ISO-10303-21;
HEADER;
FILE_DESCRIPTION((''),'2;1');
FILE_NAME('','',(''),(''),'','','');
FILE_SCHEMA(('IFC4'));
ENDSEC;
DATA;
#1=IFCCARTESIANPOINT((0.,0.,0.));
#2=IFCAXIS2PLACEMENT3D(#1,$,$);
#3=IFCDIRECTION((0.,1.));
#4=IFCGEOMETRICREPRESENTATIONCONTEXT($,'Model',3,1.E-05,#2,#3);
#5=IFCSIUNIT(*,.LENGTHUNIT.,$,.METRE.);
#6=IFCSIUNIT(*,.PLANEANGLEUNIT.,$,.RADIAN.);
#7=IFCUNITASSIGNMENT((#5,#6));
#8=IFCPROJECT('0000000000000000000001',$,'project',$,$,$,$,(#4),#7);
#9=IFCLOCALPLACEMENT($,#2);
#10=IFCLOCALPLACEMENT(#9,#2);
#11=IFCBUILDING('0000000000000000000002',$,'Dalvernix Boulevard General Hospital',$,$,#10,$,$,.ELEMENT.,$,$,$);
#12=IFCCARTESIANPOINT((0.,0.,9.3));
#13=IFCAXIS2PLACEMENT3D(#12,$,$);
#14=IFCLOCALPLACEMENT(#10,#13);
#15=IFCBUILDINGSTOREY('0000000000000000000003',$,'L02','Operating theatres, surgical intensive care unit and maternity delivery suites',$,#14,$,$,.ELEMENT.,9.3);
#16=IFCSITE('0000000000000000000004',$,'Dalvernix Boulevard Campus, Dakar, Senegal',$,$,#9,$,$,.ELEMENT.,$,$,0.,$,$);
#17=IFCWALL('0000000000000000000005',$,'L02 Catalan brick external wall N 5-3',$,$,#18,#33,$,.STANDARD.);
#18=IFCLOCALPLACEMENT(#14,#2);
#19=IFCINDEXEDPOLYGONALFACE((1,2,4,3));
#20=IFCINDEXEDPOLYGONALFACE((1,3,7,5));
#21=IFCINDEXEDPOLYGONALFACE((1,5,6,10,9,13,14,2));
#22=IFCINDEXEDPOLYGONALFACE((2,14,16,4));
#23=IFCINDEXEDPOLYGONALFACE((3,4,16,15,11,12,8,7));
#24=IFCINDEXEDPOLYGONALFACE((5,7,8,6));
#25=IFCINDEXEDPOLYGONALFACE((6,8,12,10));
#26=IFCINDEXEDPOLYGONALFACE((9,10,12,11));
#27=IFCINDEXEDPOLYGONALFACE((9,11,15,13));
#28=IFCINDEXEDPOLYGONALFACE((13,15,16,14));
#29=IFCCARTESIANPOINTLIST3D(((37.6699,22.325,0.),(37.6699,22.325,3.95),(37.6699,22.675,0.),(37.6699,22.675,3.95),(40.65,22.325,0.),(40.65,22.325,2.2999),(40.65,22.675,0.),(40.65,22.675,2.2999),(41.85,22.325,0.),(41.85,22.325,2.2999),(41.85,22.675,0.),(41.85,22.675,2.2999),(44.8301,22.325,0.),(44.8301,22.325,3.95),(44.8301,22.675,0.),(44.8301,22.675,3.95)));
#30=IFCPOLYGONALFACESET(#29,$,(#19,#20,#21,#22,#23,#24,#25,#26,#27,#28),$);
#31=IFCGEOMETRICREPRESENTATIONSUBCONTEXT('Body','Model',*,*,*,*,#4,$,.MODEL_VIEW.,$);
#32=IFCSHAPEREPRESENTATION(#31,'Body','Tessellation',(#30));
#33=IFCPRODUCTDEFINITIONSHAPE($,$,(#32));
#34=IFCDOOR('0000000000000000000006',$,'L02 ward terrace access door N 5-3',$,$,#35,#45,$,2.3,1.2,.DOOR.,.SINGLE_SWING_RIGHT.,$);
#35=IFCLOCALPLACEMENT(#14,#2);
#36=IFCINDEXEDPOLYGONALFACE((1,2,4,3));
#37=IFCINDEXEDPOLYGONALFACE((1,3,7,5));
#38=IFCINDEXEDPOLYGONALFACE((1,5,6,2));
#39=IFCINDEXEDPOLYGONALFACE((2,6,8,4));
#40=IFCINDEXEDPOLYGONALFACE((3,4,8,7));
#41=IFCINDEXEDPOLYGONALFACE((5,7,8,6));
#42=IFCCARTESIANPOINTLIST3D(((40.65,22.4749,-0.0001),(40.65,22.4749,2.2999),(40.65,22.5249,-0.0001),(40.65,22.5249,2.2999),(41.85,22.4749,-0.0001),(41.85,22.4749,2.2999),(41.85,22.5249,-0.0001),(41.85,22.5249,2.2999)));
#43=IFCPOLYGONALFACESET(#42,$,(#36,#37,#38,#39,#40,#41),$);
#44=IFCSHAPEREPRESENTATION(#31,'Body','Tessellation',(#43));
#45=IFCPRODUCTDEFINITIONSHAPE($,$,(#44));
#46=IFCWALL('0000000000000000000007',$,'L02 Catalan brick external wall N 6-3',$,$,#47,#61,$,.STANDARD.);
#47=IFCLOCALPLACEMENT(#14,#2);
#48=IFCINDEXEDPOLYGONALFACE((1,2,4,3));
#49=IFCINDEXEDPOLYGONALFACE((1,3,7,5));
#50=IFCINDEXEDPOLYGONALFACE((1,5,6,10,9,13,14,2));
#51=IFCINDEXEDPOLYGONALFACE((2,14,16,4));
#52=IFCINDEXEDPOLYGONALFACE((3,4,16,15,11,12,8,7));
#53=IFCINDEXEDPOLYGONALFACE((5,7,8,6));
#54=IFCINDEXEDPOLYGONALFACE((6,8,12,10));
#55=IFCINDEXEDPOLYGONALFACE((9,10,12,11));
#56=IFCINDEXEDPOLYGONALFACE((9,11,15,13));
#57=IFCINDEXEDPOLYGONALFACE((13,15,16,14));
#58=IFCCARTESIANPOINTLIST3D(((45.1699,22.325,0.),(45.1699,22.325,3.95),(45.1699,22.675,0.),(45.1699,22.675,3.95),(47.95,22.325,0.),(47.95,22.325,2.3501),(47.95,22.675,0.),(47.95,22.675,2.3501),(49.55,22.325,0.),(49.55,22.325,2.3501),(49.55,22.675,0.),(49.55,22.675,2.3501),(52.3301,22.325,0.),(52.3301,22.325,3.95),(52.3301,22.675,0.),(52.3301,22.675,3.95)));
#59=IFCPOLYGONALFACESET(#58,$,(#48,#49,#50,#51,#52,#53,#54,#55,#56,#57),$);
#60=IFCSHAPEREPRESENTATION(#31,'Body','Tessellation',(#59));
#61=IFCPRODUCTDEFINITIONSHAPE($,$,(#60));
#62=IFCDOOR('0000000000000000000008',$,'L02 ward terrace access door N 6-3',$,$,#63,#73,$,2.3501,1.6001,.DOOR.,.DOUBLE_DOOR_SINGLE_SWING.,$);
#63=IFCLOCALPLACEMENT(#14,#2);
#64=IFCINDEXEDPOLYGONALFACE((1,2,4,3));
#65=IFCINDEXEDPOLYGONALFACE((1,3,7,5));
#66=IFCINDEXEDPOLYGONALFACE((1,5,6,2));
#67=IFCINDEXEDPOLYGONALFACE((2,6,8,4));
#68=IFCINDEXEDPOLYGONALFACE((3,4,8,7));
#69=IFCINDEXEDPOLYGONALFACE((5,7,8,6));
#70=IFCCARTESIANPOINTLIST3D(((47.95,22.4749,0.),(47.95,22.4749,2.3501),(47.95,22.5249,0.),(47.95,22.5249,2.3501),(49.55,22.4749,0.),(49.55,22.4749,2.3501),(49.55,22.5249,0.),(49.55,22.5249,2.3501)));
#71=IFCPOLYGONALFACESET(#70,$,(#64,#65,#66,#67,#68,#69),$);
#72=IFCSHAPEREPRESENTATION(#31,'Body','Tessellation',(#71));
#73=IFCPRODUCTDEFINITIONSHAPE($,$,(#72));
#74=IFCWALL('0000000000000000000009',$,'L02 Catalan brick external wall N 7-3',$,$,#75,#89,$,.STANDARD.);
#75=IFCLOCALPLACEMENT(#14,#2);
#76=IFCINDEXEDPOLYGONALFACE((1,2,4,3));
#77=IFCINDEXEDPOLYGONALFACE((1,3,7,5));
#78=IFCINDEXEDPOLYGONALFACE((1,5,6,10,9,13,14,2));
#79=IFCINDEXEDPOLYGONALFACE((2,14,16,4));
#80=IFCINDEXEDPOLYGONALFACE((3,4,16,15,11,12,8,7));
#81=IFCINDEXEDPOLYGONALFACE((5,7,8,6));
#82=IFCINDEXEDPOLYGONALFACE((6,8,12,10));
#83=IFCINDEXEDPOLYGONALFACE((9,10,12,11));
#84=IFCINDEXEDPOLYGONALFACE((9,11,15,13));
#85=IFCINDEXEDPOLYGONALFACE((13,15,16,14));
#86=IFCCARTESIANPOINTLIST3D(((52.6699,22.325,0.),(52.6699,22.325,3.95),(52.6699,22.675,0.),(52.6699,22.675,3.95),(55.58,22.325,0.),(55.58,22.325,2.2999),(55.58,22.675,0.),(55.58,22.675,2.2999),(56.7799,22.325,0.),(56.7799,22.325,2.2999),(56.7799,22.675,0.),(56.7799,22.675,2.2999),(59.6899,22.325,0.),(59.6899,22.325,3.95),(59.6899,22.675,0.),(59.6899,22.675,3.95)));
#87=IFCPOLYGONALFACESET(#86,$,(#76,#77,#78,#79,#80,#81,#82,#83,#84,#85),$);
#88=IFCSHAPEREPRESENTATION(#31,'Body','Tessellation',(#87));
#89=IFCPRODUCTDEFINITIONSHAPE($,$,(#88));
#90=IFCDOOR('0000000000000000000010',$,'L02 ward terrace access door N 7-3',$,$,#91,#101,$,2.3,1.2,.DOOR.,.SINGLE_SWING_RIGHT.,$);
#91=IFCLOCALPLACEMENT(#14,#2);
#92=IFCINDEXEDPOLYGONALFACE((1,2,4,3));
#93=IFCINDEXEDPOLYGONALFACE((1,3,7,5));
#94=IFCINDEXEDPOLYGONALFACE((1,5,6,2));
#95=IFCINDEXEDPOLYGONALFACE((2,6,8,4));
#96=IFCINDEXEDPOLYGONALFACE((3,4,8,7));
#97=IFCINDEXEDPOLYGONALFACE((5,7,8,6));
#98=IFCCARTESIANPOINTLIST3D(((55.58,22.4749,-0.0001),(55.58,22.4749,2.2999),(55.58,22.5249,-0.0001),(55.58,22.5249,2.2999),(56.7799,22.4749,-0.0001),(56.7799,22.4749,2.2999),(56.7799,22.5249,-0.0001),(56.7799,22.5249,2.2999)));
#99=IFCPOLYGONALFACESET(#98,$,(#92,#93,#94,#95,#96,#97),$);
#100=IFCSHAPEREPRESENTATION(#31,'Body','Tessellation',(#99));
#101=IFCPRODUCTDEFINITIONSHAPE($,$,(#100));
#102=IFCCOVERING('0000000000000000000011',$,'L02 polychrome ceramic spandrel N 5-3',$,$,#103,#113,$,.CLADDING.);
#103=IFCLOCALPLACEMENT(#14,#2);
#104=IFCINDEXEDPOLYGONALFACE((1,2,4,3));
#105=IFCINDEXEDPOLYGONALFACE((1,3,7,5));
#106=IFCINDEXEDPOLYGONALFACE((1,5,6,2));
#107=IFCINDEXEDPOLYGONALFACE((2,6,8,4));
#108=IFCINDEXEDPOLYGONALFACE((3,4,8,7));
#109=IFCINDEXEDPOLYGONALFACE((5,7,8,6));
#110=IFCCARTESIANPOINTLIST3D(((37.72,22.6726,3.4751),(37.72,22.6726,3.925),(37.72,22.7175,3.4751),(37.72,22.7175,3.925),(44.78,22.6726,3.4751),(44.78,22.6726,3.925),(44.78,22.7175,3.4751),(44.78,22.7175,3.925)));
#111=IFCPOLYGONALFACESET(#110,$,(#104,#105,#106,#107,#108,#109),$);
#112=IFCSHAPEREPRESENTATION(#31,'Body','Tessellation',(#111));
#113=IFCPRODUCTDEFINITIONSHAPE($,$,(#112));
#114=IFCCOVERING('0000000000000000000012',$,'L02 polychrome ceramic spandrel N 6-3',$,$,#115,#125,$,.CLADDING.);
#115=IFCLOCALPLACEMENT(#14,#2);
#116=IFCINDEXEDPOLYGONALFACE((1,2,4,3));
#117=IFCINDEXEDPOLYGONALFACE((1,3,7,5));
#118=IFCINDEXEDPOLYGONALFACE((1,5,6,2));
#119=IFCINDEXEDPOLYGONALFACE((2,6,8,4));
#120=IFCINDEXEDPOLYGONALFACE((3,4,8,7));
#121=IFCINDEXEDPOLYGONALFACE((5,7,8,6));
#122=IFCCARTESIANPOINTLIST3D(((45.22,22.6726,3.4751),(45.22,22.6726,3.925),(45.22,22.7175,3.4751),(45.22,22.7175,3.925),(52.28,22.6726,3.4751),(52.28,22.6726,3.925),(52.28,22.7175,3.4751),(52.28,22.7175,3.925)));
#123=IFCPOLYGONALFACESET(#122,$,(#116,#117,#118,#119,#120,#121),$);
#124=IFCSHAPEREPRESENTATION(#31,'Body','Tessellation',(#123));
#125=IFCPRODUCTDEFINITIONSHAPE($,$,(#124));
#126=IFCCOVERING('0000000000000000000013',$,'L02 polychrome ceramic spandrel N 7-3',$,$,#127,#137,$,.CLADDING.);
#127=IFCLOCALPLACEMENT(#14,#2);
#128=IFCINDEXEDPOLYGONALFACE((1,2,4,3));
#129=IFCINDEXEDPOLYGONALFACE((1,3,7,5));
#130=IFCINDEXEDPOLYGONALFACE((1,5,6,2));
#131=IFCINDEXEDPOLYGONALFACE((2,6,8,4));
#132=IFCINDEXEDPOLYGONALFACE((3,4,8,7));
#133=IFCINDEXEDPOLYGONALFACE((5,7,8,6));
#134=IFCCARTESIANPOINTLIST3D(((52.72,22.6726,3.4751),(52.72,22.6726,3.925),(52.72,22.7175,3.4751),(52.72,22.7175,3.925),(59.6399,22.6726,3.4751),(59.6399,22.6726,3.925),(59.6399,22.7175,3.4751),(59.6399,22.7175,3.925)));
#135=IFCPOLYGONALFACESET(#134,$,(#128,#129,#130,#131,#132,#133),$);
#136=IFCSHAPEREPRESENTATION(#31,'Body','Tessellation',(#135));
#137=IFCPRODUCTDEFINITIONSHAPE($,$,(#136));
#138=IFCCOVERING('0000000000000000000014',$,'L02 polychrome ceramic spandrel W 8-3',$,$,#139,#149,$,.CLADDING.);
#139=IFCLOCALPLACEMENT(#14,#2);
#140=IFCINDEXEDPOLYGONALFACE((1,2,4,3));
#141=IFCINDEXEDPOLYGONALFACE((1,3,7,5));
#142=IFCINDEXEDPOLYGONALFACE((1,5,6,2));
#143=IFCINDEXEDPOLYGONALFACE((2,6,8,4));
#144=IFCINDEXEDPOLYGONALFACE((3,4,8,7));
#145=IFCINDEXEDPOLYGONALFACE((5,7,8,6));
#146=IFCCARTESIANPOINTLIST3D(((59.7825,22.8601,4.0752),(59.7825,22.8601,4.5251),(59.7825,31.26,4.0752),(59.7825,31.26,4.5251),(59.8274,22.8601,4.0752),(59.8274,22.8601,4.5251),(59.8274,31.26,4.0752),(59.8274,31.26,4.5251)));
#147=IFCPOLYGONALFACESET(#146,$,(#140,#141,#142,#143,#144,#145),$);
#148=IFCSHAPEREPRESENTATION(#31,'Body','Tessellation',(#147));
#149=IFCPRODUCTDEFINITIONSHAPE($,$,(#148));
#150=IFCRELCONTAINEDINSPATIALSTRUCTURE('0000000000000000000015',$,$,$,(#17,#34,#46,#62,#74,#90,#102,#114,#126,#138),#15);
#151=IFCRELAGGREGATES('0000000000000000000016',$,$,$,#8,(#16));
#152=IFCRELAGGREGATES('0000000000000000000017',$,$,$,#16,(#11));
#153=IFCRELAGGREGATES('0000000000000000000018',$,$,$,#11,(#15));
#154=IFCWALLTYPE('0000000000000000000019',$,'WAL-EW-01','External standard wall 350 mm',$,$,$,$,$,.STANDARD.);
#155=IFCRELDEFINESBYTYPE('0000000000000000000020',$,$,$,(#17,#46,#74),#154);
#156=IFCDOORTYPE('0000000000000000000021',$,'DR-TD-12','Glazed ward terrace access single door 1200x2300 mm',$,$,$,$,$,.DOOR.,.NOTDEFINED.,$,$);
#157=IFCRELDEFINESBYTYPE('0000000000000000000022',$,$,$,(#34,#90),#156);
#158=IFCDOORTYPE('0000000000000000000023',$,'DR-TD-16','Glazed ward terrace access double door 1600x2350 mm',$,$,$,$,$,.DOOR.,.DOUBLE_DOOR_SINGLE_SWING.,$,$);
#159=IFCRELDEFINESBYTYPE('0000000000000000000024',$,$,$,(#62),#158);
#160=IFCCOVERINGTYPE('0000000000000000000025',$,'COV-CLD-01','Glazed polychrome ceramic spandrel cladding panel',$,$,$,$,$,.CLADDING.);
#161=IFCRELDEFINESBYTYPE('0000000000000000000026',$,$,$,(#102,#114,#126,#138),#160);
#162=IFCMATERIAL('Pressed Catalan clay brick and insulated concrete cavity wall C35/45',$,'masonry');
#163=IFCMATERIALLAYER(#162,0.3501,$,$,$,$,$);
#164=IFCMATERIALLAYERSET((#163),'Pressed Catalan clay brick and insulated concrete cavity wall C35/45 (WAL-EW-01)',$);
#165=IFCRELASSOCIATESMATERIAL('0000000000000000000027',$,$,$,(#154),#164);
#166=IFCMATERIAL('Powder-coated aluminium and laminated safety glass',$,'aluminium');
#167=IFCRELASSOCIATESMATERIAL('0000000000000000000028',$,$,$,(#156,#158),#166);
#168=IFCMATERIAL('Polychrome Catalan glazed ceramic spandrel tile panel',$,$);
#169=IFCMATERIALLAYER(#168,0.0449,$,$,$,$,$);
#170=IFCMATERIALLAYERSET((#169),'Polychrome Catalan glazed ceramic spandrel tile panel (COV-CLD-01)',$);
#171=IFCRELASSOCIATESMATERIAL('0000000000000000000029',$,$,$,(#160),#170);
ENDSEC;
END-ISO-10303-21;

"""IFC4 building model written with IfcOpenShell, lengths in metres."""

from ifc_helpers import new_model, si_unit, direction, frame, frame_2d, origin, origin_2d, place, context, subcontext, project, spatial, rectangle, extrude, material, layer, layer_set, type_object, element, fill, save


model = new_model("IFC4")

# Units and contexts
model_context = context("Model", 3, precision=1e-05, world=origin(), true_north=direction((0.0, 1.0)))
body_context = subcontext(model_context, "Body", "Model", "MODEL_VIEW")
ifc_project = project(units=[si_unit("LENGTHUNIT", "METRE"), si_unit("PLANEANGLEUNIT", "RADIAN")], contexts=[model_context])

# Site, building, storey
site_placement = place(None, origin())
site = spatial("IfcSite", under=ifc_project, at=site_placement, Name="Dalvernix Boulevard Campus, Dakar, Senegal", CompositionType="ELEMENT", RefElevation=0.0)
building_placement = place(site_placement, origin())
building = spatial("IfcBuilding", under=site, at=building_placement, Name="Dalvernix Boulevard General Hospital", CompositionType="ELEMENT")
storey_placement = place(building_placement, frame((0.0, 0.0, 9.3)))
storey = spatial("IfcBuildingStorey", under=building, at=storey_placement, Name="L02", Description="Operating theatres, surgical intensive care unit and maternity delivery suites", CompositionType="ELEMENT", Elevation=9.3)

# Walls, openings, doors
ifc_material_1 = material(Name="Pressed Catalan clay brick and insulated concrete cavity wall C35/45", Category="masonry")
ifc_layer_1 = layer(ifc_material_1, 0.3501)
ifc_layer_set_1 = layer_set([ifc_layer_1], Name="Pressed Catalan clay brick and insulated concrete cavity wall C35/45 (WAL-EW-01)")
wall_type = type_object("IfcWallType", Name="WAL-EW-01", Description="External standard wall 350 mm", PredefinedType="STANDARD", material=ifc_layer_set_1)
wall_1_placement = place(storey_placement, frame((37.6699, 22.5, 0.0), z_axis=(0.0, 0.0, 1.0), x_axis=(1.0, 0.0, 0.0)))
wall_1 = element("IfcWall", 1, at=wall_1_placement, inside=storey, type_object=wall_type, Name="L02 Catalan brick external wall N 5-3", PredefinedType="STANDARD", context=body_context, shape_type="SweptSolid", body=[
    extrude(rectangle(XDim=7.1602, YDim=0.3501, at=frame_2d((3.5801, 0.0))), origin(), (0.0, 0.0, 1.0), 3.95),
])
opening_1_placement = place(wall_1_placement, frame((2.98, 0.0, 0.0)))
opening_1 = element("IfcOpeningElement", 2, at=opening_1_placement, cuts=wall_1, PredefinedType="OPENING", context=body_context, shape_type="SweptSolid", body=[
    extrude(rectangle(XDim=1.2, YDim=2.3, at=frame_2d((0.6001, 1.1499))), frame((0.0, 0.1851, 0.0), z_axis=(0.0, -1.0, 0.0), x_axis=(1.0, 0.0, 0.0)), (0.0, 0.0, 1.0), 0.3701),
])
ifc_material_2 = material(Name="Powder-coated aluminium and laminated safety glass", Category="aluminium")
door_type_1 = type_object("IfcDoorType", Name="DR-TD-12", Description="Glazed ward terrace access single door 1200x2300 mm", OperationType="NOTDEFINED", PredefinedType="DOOR", material=ifc_material_2)
door_1_placement = place(opening_1_placement, origin())
door_1 = element("IfcDoor", 3, at=door_1_placement, inside=storey, type_object=door_type_1, Name="L02 ward terrace access door N 5-3", OperationType="SINGLE_SWING_RIGHT", OverallHeight=2.3, OverallWidth=1.2, PredefinedType="DOOR", context=body_context, shape_type="SweptSolid", body=[
    extrude(rectangle(XDim=1.2, YDim=2.3, at=frame_2d((0.6001, 1.1499))), frame((0.0, 0.0249, 0.0), z_axis=(0.0, -1.0, 0.0), x_axis=(1.0, 0.0, 0.0)), (0.0, 0.0, 1.0), 0.05),
])
fill(opening_1, door_1)
wall_2_placement = place(storey_placement, frame((45.1699, 22.5, 0.0), z_axis=(0.0, 0.0, 1.0), x_axis=(1.0, 0.0, 0.0)))
wall_2 = element("IfcWall", 4, at=wall_2_placement, inside=storey, type_object=wall_type, Name="L02 Catalan brick external wall N 6-3", PredefinedType="STANDARD", context=body_context, shape_type="SweptSolid", body=[
    extrude(rectangle(XDim=7.1602, YDim=0.3501, at=frame_2d((3.5801, 0.0))), origin(), (0.0, 0.0, 1.0), 3.95),
])
opening_2_placement = place(wall_2_placement, frame((2.78, 0.0, 0.0)))
opening_2 = element("IfcOpeningElement", 5, at=opening_2_placement, cuts=wall_2, PredefinedType="OPENING", context=body_context, shape_type="SweptSolid", body=[
    extrude(rectangle(XDim=1.6001, YDim=2.3501, at=frame_2d((0.8, 1.175))), frame((0.0, 0.1851, 0.0), z_axis=(0.0, -1.0, 0.0), x_axis=(1.0, 0.0, 0.0)), (0.0, 0.0, 1.0), 0.3701),
])
door_type_2 = type_object("IfcDoorType", Name="DR-TD-16", Description="Glazed ward terrace access double door 1600x2350 mm", OperationType="DOUBLE_DOOR_SINGLE_SWING", PredefinedType="DOOR", material=ifc_material_2)
door_2_placement = place(opening_2_placement, origin())
door_2 = element("IfcDoor", 6, at=door_2_placement, inside=storey, type_object=door_type_2, Name="L02 ward terrace access door N 6-3", OperationType="DOUBLE_DOOR_SINGLE_SWING", OverallHeight=2.3501, OverallWidth=1.6001, PredefinedType="DOOR", context=body_context, shape_type="SweptSolid", body=[
    extrude(rectangle(XDim=1.6001, YDim=2.3501, at=frame_2d((0.8, 1.175))), frame((0.0, 0.0249, 0.0), z_axis=(0.0, -1.0, 0.0), x_axis=(1.0, 0.0, 0.0)), (0.0, 0.0, 1.0), 0.05),
])
fill(opening_2, door_2)
wall_3_placement = place(storey_placement, frame((52.6699, 22.5, 0.0), z_axis=(0.0, 0.0, 1.0), x_axis=(1.0, 0.0, 0.0)))
wall_3 = element("IfcWall", 7, at=wall_3_placement, inside=storey, type_object=wall_type, Name="L02 Catalan brick external wall N 7-3", PredefinedType="STANDARD", context=body_context, shape_type="SweptSolid", body=[
    extrude(rectangle(XDim=7.02, YDim=0.3501, at=frame_2d((3.51, 0.0))), origin(), (0.0, 0.0, 1.0), 3.95),
])
opening_3_placement = place(wall_3_placement, frame((2.9099, 0.0, 0.0)))
opening_3 = element("IfcOpeningElement", 8, at=opening_3_placement, cuts=wall_3, PredefinedType="OPENING", context=body_context, shape_type="SweptSolid", body=[
    extrude(rectangle(XDim=1.2, YDim=2.3, at=frame_2d((0.6001, 1.1499))), frame((0.0, 0.1851, 0.0), z_axis=(0.0, -1.0, 0.0), x_axis=(1.0, 0.0, 0.0)), (0.0, 0.0, 1.0), 0.3701),
])
door_3_placement = place(opening_3_placement, origin())
door_3 = element("IfcDoor", 9, at=door_3_placement, inside=storey, type_object=door_type_1, Name="L02 ward terrace access door N 7-3", OperationType="SINGLE_SWING_RIGHT", OverallHeight=2.3, OverallWidth=1.2, PredefinedType="DOOR", context=body_context, shape_type="SweptSolid", body=[
    extrude(rectangle(XDim=1.2, YDim=2.3, at=frame_2d((0.6001, 1.1499))), frame((0.0, 0.0249, 0.0), z_axis=(0.0, -1.0, 0.0), x_axis=(1.0, 0.0, 0.0)), (0.0, 0.0, 1.0), 0.05),
])
fill(opening_3, door_3)

# Coverings
ifc_material_3 = material(Name="Polychrome Catalan glazed ceramic spandrel tile panel")
ifc_layer_2 = layer(ifc_material_3, 0.0449)
ifc_layer_set_2 = layer_set([ifc_layer_2], Name="Polychrome Catalan glazed ceramic spandrel tile panel (COV-CLD-01)")
covering_type = type_object("IfcCoveringType", Name="COV-CLD-01", Description="Glazed polychrome ceramic spandrel cladding panel", PredefinedType="CLADDING", material=ifc_layer_set_2)
for number, where, z_axis, x_axis, name in (
    (10, (41.25, 22.6951, 3.4751), (0.0, 0.0, 1.0), (1.0, 0.0, 0.0), "L02 polychrome ceramic spandrel N 5-3"),
    (11, (48.75, 22.6951, 3.4751), (0.0, 0.0, 1.0), (1.0, 0.0, 0.0), "L02 polychrome ceramic spandrel N 6-3"),
):
    element("IfcCovering", number, at=place(storey_placement, frame(where, z_axis=z_axis, x_axis=x_axis)), inside=storey, type_object=covering_type, Name=name, PredefinedType="CLADDING", context=body_context, shape_type="SweptSolid", body=[
        extrude(rectangle(XDim=7.0601, YDim=0.0449, at=origin_2d()), origin(), (0.0, 0.0, 1.0), 0.45),
    ])
covering_1_placement = place(storey_placement, frame((56.1799, 22.6951, 3.4751), z_axis=(0.0, 0.0, 1.0), x_axis=(1.0, 0.0, 0.0)))
element("IfcCovering", 12, at=covering_1_placement, inside=storey, type_object=covering_type, Name="L02 polychrome ceramic spandrel N 7-3", PredefinedType="CLADDING", context=body_context, shape_type="SweptSolid", body=[
    extrude(rectangle(XDim=6.9199, YDim=0.0449, at=origin_2d()), origin(), (0.0, 0.0, 1.0), 0.45),
])
covering_2_placement = place(storey_placement, frame((59.8049, 27.0601, 4.0752), z_axis=(0.0, 0.0, 1.0), x_axis=(0.0, 1.0, 0.0)))
element("IfcCovering", 13, at=covering_2_placement, inside=storey, type_object=covering_type, Name="L02 polychrome ceramic spandrel W 8-3", PredefinedType="CLADDING", context=body_context, shape_type="SweptSolid", body=[
    extrude(rectangle(XDim=8.3999, YDim=0.0449, at=origin_2d()), origin(), (0.0, 0.0, 1.0), 0.45),
])

save(model, "model.ifc")
